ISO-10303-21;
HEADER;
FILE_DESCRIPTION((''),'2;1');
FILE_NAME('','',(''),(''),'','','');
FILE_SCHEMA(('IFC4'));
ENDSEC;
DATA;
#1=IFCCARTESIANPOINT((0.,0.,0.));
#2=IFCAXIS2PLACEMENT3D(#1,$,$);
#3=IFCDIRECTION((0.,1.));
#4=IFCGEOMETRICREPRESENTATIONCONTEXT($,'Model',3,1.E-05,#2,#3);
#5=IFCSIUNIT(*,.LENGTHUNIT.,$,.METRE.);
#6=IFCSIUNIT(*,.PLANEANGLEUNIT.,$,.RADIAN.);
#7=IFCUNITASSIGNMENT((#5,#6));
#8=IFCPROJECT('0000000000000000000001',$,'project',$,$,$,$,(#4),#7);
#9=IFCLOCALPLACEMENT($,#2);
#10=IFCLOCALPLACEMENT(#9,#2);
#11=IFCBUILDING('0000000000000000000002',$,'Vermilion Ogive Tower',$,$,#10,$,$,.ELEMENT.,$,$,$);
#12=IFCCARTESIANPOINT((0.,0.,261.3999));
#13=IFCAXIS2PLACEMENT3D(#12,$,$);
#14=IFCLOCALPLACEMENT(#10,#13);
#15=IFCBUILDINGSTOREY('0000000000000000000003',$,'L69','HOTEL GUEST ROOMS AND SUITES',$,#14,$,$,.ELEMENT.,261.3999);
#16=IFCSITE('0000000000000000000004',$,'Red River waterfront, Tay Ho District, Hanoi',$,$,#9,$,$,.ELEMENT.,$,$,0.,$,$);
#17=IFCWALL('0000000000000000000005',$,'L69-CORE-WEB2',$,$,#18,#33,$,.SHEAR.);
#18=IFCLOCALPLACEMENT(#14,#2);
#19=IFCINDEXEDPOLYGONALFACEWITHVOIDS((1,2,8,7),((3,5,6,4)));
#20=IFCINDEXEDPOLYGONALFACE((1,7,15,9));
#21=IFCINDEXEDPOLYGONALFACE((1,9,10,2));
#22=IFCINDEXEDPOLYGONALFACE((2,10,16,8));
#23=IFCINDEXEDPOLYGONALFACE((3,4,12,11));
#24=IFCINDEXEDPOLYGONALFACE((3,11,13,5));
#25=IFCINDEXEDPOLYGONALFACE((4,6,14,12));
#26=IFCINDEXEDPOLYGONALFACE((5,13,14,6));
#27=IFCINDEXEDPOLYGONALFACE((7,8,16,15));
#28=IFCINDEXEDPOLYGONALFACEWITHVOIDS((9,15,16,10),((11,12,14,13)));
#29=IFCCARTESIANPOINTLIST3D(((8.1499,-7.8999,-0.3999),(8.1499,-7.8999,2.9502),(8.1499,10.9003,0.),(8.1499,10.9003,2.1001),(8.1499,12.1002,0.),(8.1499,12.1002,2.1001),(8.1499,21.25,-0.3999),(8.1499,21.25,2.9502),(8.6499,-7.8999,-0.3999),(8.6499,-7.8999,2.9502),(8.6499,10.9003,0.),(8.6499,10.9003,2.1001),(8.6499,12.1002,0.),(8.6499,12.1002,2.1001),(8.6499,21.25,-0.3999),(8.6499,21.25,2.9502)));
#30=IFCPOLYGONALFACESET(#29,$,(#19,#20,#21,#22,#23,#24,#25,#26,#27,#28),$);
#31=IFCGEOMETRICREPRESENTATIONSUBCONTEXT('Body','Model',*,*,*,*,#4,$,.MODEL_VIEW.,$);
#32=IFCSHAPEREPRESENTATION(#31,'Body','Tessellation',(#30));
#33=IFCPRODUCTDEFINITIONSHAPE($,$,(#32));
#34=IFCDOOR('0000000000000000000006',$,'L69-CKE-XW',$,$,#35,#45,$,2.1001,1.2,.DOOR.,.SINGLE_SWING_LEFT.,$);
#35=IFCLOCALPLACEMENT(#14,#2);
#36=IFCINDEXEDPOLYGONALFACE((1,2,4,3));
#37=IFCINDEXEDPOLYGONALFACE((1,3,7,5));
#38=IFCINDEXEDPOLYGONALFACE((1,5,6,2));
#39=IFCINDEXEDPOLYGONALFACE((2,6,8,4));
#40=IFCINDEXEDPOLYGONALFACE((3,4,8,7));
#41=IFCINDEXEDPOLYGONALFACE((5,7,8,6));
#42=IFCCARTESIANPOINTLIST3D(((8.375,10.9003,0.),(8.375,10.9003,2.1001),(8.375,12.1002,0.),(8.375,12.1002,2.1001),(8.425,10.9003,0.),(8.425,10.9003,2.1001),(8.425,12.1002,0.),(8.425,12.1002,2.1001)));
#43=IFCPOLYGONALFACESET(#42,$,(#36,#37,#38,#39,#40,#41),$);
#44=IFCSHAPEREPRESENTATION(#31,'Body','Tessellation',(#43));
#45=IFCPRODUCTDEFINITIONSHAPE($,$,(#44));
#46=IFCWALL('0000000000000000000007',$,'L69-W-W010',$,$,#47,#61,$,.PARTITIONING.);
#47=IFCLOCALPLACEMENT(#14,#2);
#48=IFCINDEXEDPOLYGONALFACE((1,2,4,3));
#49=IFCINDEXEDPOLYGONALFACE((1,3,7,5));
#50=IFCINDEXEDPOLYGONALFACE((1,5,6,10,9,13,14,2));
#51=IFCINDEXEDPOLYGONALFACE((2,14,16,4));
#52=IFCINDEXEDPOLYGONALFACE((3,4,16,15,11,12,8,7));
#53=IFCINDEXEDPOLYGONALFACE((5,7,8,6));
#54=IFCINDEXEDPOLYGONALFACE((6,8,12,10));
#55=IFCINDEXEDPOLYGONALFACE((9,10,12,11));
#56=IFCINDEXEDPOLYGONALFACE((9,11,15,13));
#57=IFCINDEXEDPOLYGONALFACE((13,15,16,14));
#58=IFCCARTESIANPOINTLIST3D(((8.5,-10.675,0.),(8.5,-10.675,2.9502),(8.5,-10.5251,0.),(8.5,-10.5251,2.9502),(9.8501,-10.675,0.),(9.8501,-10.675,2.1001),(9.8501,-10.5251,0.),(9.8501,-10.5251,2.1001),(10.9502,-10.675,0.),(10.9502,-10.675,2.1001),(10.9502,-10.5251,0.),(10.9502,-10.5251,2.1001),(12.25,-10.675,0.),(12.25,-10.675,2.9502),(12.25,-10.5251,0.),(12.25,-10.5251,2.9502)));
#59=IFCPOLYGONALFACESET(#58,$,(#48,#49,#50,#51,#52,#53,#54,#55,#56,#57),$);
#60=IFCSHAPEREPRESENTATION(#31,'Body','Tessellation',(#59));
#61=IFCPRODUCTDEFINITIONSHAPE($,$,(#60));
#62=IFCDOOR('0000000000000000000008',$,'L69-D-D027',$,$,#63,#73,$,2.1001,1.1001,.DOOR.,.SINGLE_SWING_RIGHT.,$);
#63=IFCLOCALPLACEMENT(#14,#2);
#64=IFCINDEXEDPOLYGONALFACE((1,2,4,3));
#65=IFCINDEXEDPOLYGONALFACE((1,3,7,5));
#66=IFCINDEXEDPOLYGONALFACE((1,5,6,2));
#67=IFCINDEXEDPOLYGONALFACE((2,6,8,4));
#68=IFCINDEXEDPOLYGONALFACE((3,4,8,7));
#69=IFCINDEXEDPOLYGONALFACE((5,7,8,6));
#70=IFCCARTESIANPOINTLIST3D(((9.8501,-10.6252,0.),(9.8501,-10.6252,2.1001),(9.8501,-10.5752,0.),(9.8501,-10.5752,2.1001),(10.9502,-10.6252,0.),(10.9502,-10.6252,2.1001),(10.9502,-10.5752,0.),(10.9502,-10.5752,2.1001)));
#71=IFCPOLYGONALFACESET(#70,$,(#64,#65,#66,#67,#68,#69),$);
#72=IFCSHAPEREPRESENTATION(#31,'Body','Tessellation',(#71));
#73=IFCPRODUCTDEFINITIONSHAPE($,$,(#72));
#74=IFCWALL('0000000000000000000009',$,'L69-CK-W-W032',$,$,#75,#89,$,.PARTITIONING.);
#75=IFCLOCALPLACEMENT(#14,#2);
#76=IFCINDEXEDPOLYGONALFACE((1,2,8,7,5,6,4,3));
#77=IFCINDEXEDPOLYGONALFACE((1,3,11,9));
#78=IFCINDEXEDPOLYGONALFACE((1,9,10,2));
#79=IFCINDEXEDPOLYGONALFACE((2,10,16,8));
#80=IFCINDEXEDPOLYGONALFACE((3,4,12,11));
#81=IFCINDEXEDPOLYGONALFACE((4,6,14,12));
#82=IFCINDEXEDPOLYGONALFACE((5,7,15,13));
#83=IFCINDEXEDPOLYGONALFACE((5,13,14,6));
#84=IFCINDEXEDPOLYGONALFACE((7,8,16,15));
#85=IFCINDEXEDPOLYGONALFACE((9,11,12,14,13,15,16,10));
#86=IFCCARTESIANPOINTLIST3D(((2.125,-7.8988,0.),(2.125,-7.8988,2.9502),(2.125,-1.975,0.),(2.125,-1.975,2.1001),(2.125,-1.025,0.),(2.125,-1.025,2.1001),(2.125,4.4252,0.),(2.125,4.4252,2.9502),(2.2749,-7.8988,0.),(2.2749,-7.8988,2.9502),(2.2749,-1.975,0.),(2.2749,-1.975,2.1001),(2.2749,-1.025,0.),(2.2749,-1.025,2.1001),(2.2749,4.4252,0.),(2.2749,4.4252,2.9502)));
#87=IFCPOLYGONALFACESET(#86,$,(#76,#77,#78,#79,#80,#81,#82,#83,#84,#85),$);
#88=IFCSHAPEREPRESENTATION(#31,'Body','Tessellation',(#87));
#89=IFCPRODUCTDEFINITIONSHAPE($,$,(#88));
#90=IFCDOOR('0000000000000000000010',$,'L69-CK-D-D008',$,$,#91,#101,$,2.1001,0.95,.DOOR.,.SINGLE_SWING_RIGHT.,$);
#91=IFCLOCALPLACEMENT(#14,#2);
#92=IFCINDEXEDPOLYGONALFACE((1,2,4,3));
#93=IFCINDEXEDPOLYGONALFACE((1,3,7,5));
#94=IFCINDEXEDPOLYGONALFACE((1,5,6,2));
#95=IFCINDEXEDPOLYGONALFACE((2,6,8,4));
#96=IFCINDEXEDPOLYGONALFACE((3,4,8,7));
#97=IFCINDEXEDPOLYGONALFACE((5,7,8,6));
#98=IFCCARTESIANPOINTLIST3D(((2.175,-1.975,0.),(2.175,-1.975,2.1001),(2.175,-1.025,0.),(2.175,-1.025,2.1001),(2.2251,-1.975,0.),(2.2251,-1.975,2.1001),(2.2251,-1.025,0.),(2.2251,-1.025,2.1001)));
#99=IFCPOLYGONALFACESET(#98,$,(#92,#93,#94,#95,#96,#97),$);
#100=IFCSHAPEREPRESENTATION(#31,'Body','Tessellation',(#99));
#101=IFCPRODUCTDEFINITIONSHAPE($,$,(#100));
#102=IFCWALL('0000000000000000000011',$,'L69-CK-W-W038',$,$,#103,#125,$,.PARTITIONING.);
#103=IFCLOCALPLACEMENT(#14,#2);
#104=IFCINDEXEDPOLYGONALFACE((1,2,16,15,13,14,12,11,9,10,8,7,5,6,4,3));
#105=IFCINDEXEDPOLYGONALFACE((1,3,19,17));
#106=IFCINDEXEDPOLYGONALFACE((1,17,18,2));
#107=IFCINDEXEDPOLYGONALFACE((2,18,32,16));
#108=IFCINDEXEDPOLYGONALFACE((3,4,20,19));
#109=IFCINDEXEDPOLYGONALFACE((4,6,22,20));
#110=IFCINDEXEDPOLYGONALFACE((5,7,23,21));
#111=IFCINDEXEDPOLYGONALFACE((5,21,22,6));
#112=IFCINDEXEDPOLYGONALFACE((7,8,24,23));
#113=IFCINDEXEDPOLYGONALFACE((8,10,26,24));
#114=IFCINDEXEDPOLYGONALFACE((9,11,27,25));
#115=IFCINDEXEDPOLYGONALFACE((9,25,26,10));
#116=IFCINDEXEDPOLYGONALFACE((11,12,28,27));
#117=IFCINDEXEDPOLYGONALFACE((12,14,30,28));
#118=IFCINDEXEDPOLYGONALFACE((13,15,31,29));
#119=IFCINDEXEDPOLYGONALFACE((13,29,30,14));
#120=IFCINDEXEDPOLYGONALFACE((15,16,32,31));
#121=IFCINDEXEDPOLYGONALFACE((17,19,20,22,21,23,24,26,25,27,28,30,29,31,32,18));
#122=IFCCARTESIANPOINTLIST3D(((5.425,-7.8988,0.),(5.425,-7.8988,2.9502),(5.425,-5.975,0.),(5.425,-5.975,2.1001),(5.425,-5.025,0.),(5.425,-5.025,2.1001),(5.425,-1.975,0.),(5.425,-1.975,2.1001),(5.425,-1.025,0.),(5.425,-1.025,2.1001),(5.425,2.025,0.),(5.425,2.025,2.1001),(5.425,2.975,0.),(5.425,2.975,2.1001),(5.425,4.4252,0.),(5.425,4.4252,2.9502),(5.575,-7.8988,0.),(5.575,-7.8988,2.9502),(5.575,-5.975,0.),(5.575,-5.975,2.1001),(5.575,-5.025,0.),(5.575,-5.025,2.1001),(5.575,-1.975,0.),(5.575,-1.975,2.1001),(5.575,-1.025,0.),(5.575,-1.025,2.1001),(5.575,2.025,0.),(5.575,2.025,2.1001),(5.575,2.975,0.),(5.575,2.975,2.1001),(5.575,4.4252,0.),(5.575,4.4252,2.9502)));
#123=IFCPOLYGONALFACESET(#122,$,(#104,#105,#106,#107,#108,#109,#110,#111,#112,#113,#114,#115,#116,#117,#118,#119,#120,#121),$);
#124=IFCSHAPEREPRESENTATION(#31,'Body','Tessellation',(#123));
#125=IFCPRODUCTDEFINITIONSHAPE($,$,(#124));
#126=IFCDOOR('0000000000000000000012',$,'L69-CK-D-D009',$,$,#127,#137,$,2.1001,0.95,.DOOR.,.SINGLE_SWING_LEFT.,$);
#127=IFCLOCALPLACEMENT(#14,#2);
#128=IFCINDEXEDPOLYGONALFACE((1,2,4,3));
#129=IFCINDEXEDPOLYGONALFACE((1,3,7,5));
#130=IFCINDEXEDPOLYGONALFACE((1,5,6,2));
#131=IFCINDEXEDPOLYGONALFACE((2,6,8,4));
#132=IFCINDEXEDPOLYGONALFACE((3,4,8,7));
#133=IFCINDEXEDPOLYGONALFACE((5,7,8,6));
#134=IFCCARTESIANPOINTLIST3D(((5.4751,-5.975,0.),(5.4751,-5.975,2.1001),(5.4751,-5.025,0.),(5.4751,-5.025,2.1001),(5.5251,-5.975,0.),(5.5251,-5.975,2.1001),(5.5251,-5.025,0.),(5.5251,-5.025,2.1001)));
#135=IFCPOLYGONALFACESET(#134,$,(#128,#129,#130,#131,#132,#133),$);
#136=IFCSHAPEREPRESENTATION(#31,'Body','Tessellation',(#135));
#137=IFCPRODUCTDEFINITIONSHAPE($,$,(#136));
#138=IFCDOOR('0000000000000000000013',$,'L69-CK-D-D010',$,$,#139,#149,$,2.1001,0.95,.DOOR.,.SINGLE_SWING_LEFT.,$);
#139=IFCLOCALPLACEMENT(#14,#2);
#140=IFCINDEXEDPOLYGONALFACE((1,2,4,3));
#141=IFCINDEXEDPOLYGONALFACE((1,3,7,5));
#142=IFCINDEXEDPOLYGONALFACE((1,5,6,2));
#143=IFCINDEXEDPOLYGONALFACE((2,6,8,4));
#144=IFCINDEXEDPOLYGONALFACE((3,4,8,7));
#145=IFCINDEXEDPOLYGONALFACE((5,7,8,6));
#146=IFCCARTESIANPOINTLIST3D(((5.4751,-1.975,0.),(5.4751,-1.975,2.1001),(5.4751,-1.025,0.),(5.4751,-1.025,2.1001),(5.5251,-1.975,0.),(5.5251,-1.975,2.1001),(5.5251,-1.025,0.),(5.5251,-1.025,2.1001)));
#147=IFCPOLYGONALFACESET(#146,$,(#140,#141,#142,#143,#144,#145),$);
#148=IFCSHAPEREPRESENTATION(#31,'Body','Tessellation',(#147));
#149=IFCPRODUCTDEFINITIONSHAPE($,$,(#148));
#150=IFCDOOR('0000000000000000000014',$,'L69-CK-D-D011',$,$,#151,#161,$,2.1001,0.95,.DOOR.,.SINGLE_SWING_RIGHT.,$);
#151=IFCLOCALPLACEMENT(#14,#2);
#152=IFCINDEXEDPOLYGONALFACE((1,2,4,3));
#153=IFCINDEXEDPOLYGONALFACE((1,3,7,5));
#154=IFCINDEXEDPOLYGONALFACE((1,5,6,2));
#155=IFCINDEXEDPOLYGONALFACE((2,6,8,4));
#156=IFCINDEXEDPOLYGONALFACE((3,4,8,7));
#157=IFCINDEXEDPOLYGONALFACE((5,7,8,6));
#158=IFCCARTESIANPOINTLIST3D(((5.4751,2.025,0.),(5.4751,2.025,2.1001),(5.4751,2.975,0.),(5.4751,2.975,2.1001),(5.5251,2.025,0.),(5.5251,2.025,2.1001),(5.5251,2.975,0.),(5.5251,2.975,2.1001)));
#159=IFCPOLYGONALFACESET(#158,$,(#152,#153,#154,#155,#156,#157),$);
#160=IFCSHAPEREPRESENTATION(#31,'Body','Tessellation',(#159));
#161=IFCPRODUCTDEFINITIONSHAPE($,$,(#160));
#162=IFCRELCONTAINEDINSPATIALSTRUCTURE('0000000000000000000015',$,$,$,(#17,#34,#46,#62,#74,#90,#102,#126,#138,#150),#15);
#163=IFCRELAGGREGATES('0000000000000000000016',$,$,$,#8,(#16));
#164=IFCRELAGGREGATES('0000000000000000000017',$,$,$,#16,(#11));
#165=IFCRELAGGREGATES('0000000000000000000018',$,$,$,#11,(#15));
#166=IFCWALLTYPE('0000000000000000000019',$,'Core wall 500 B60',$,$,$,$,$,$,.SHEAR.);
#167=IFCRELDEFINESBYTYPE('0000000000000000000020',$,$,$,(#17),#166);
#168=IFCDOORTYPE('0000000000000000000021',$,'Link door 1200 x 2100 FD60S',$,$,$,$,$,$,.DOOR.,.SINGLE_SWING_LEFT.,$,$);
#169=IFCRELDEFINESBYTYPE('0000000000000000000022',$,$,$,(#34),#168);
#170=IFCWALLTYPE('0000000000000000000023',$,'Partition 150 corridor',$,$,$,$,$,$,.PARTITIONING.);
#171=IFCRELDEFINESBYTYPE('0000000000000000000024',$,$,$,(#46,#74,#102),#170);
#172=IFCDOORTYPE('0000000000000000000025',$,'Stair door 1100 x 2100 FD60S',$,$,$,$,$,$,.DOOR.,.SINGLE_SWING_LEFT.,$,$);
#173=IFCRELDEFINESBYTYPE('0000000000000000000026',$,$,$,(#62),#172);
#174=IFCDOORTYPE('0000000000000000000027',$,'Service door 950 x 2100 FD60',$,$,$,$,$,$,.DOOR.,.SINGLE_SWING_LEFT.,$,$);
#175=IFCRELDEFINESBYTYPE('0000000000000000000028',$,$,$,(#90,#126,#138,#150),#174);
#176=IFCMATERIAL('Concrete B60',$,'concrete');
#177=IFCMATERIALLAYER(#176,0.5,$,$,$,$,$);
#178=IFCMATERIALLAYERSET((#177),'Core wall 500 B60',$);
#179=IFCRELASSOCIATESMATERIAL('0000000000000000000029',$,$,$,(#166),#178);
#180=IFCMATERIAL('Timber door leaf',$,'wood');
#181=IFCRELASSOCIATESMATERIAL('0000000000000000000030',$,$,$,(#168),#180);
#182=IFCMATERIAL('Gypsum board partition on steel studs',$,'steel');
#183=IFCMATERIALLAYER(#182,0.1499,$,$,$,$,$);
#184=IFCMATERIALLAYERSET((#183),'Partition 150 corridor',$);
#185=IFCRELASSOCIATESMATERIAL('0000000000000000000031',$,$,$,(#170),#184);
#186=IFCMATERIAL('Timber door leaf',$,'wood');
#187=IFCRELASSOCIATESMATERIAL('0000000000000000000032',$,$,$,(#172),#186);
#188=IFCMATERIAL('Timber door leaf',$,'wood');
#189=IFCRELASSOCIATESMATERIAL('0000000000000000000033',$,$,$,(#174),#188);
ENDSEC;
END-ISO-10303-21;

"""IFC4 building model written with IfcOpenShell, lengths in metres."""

from ifc_helpers import new_model, si_unit, direction, frame, frame_2d, origin, place, context, subcontext, project, spatial, rectangle, extrude, material, layer, layer_set, type_object, element, fill, save


model = new_model("IFC4")

# Units and contexts
model_context = context("Model", 3, precision=1e-05, world=origin(), true_north=direction((0.0, 1.0)))
body_context = subcontext(model_context, "Body", "Model", "MODEL_VIEW")
ifc_project = project(units=[si_unit("LENGTHUNIT", "METRE"), si_unit("PLANEANGLEUNIT", "RADIAN")], contexts=[model_context])

# Site, building, storey
site_placement = place(None, origin())
site = spatial("IfcSite", under=ifc_project, at=site_placement, Name="Red River waterfront, Tay Ho District, Hanoi", CompositionType="ELEMENT", RefElevation=0.0)
building_placement = place(site_placement, origin())
building = spatial("IfcBuilding", under=site, at=building_placement, Name="Vermilion Ogive Tower", CompositionType="ELEMENT")
storey_placement = place(building_placement, frame((0.0, 0.0, 261.3999)))
storey = spatial("IfcBuildingStorey", under=building, at=storey_placement, Name="L69", Description="HOTEL GUEST ROOMS AND SUITES", CompositionType="ELEMENT", Elevation=261.3999)

# Walls, openings, doors
ifc_material_1 = material(Name="Concrete B60", Category="concrete")
ifc_layer_1 = layer(ifc_material_1, 0.5)
ifc_layer_set_1 = layer_set([ifc_layer_1], Name="Core wall 500 B60")
wall_type_1 = type_object("IfcWallType", Name="Core wall 500 B60", PredefinedType="SHEAR", material=ifc_layer_set_1)
wall_1_placement = place(storey_placement, frame((8.3999, -7.8999, -0.3999), z_axis=(0.0, 0.0, 1.0), x_axis=(0.0, 1.0, 0.0)))
wall_1 = element("IfcWall", 1, at=wall_1_placement, inside=storey, type_object=wall_type_1, Name="L69-CORE-WEB2", PredefinedType="SHEAR", context=body_context, shape_type="SweptSolid", body=[
    extrude(rectangle(XDim=29.1499, YDim=0.5, at=frame_2d((14.575, 0.0))), origin(), (0.0, 0.0, 1.0), 3.3501),
])
opening_1_placement = place(wall_1_placement, frame((18.8, 0.0, 0.3999)))
opening_1 = element("IfcOpeningElement", 2, at=opening_1_placement, cuts=wall_1, PredefinedType="OPENING", context=body_context, shape_type="SweptSolid", body=[
    extrude(rectangle(XDim=1.2, YDim=2.1001, at=frame_2d((0.6001, 1.05))), frame((0.0, 0.26, 0.0), z_axis=(0.0, -1.0, 0.0), x_axis=(1.0, 0.0, 0.0)), (0.0, 0.0, 1.0), 0.52),
])
ifc_material_2 = material(Name="Timber door leaf", Category="wood")
door_type_1 = type_object("IfcDoorType", Name="Link door 1200 x 2100 FD60S", OperationType="SINGLE_SWING_LEFT", PredefinedType="DOOR", material=ifc_material_2)
door_1_placement = place(opening_1_placement, origin())
door_1 = element("IfcDoor", 3, at=door_1_placement, inside=storey, type_object=door_type_1, Name="L69-CKE-XW", OperationType="SINGLE_SWING_LEFT", OverallHeight=2.1001, OverallWidth=1.2, PredefinedType="DOOR", context=body_context, shape_type="SweptSolid", body=[
    extrude(rectangle(XDim=1.2, YDim=2.1001, at=frame_2d((0.6001, 1.05))), frame((0.0, 0.0249, 0.0), z_axis=(0.0, -1.0, 0.0), x_axis=(1.0, 0.0, 0.0)), (0.0, 0.0, 1.0), 0.05),
])
fill(opening_1, door_1)
ifc_material_3 = material(Name="Gypsum board partition on steel studs", Category="steel")
ifc_layer_2 = layer(ifc_material_3, 0.1499)
ifc_layer_set_2 = layer_set([ifc_layer_2], Name="Partition 150 corridor")
wall_type_2 = type_object("IfcWallType", Name="Partition 150 corridor", PredefinedType="PARTITIONING", material=ifc_layer_set_2)
wall_2_placement = place(storey_placement, frame((8.5, -10.6001, 0.0), z_axis=(0.0, 0.0, 1.0), x_axis=(1.0, 0.0, 0.0)))
wall_2 = element("IfcWall", 4, at=wall_2_placement, inside=storey, type_object=wall_type_2, Name="L69-W-W010", PredefinedType="PARTITIONING", context=body_context, shape_type="SweptSolid", body=[
    extrude(rectangle(XDim=3.75, YDim=0.1499, at=frame_2d((1.875, 0.0))), origin(), (0.0, 0.0, 1.0), 2.9502),
])
opening_2_placement = place(wall_2_placement, frame((1.3501, 0.0, 0.0)))
opening_2 = element("IfcOpeningElement", 5, at=opening_2_placement, cuts=wall_2, PredefinedType="OPENING", context=body_context, shape_type="SweptSolid", body=[
    extrude(rectangle(XDim=1.1001, YDim=2.1001, at=frame_2d((0.55, 1.05))), frame((0.0, 0.085, 0.0), z_axis=(0.0, -1.0, 0.0), x_axis=(1.0, 0.0, 0.0)), (0.0, 0.0, 1.0), 0.1699),
])
ifc_material_4 = material(Name="Timber door leaf", Category="wood")
door_type_2 = type_object("IfcDoorType", Name="Stair door 1100 x 2100 FD60S", OperationType="SINGLE_SWING_LEFT", PredefinedType="DOOR", material=ifc_material_4)
door_2_placement = place(opening_2_placement, origin())
door_2 = element("IfcDoor", 6, at=door_2_placement, inside=storey, type_object=door_type_2, Name="L69-D-D027", OperationType="SINGLE_SWING_RIGHT", OverallHeight=2.1001, OverallWidth=1.1001, PredefinedType="DOOR", context=body_context, shape_type="SweptSolid", body=[
    extrude(rectangle(XDim=1.1001, YDim=2.1001, at=frame_2d((0.55, 1.05))), frame((0.0, 0.0249, 0.0), z_axis=(0.0, -1.0, 0.0), x_axis=(1.0, 0.0, 0.0)), (0.0, 0.0, 1.0), 0.05),
])
fill(opening_2, door_2)
wall_3_placement = place(storey_placement, frame((2.2, -7.8989, 0.0), z_axis=(0.0, 0.0, 1.0), x_axis=(0.0, 1.0, 0.0)))
wall_3 = element("IfcWall", 7, at=wall_3_placement, inside=storey, type_object=wall_type_2, Name="L69-CK-W-W032", PredefinedType="PARTITIONING", context=body_context, shape_type="SweptSolid", body=[
    extrude(rectangle(XDim=12.324, YDim=0.1499, at=frame_2d((6.1621, 0.0))), origin(), (0.0, 0.0, 1.0), 2.9502),
])
opening_3_placement = place(wall_3_placement, frame((5.9238, 0.0, 0.0)))
opening_3 = element("IfcOpeningElement", 8, at=opening_3_placement, cuts=wall_3, PredefinedType="OPENING", context=body_context, shape_type="SweptSolid", body=[
    extrude(rectangle(XDim=0.95, YDim=2.1001, at=frame_2d((0.4751, 1.05))), frame((0.0, 0.085, 0.0), z_axis=(0.0, -1.0, 0.0), x_axis=(1.0, 0.0, 0.0)), (0.0, 0.0, 1.0), 0.1699),
])
ifc_material_5 = material(Name="Timber door leaf", Category="wood")
door_type_3 = type_object("IfcDoorType", Name="Service door 950 x 2100 FD60", OperationType="SINGLE_SWING_LEFT", PredefinedType="DOOR", material=ifc_material_5)
door_3_placement = place(opening_3_placement, origin())
door_3 = element("IfcDoor", 9, at=door_3_placement, inside=storey, type_object=door_type_3, Name="L69-CK-D-D008", OperationType="SINGLE_SWING_RIGHT", OverallHeight=2.1001, OverallWidth=0.95, PredefinedType="DOOR", context=body_context, shape_type="SweptSolid", body=[
    extrude(rectangle(XDim=0.95, YDim=2.1001, at=frame_2d((0.4751, 1.05))), frame((0.0, 0.0249, 0.0), z_axis=(0.0, -1.0, 0.0), x_axis=(1.0, 0.0, 0.0)), (0.0, 0.0, 1.0), 0.05),
])
fill(opening_3, door_3)

# Wall, openings, doors
wall_4_placement = place(storey_placement, frame((5.5, -7.8989, 0.0), z_axis=(0.0, 0.0, 1.0), x_axis=(0.0, 1.0, 0.0)))
wall_4 = element("IfcWall", 10, at=wall_4_placement, inside=storey, type_object=wall_type_2, Name="L69-CK-W-W038", PredefinedType="PARTITIONING", context=body_context, shape_type="SweptSolid", body=[
    extrude(rectangle(XDim=12.324, YDim=0.1499, at=frame_2d((6.1621, 0.0))), origin(), (0.0, 0.0, 1.0), 2.9502),
])
opening_4_placement = place(wall_4_placement, frame((1.9238, 0.0, 0.0)))
opening_4 = element("IfcOpeningElement", 11, at=opening_4_placement, cuts=wall_4, PredefinedType="OPENING", context=body_context, shape_type="SweptSolid", body=[
    extrude(rectangle(XDim=0.95, YDim=2.1001, at=frame_2d((0.4751, 1.05))), frame((0.0, 0.085, 0.0), z_axis=(0.0, -1.0, 0.0), x_axis=(1.0, 0.0, 0.0)), (0.0, 0.0, 1.0), 0.1699),
])
opening_5_placement = place(wall_4_placement, frame((5.9238, 0.0, 0.0)))
opening_5 = element("IfcOpeningElement", 12, at=opening_5_placement, cuts=wall_4, PredefinedType="OPENING", context=body_context, shape_type="SweptSolid", body=[
    extrude(rectangle(XDim=0.95, YDim=2.1001, at=frame_2d((0.4751, 1.05))), frame((0.0, 0.085, 0.0), z_axis=(0.0, -1.0, 0.0), x_axis=(1.0, 0.0, 0.0)), (0.0, 0.0, 1.0), 0.1699),
])
opening_6_placement = place(wall_4_placement, frame((9.9238, 0.0, 0.0)))
opening_6 = element("IfcOpeningElement", 13, at=opening_6_placement, cuts=wall_4, PredefinedType="OPENING", context=body_context, shape_type="SweptSolid", body=[
    extrude(rectangle(XDim=0.95, YDim=2.1001, at=frame_2d((0.4751, 1.05))), frame((0.0, 0.085, 0.0), z_axis=(0.0, -1.0, 0.0), x_axis=(1.0, 0.0, 0.0)), (0.0, 0.0, 1.0), 0.1699),
])
door_4_placement = place(opening_4_placement, origin())
door_4 = element("IfcDoor", 14, at=door_4_placement, inside=storey, type_object=door_type_3, Name="L69-CK-D-D009", OperationType="SINGLE_SWING_LEFT", OverallHeight=2.1001, OverallWidth=0.95, PredefinedType="DOOR", context=body_context, shape_type="SweptSolid", body=[
    extrude(rectangle(XDim=0.95, YDim=2.1001, at=frame_2d((0.4751, 1.05))), frame((0.0, 0.0249, 0.0), z_axis=(0.0, -1.0, 0.0), x_axis=(1.0, 0.0, 0.0)), (0.0, 0.0, 1.0), 0.05),
])
fill(opening_4, door_4)
door_5_placement = place(opening_5_placement, origin())
door_5 = element("IfcDoor", 15, at=door_5_placement, inside=storey, type_object=door_type_3, Name="L69-CK-D-D010", OperationType="SINGLE_SWING_LEFT", OverallHeight=2.1001, OverallWidth=0.95, PredefinedType="DOOR", context=body_context, shape_type="SweptSolid", body=[
    extrude(rectangle(XDim=0.95, YDim=2.1001, at=frame_2d((0.4751, 1.05))), frame((0.0, 0.0249, 0.0), z_axis=(0.0, -1.0, 0.0), x_axis=(1.0, 0.0, 0.0)), (0.0, 0.0, 1.0), 0.05),
])
fill(opening_5, door_5)
door_6_placement = place(opening_6_placement, origin())
door_6 = element("IfcDoor", 16, at=door_6_placement, inside=storey, type_object=door_type_3, Name="L69-CK-D-D011", OperationType="SINGLE_SWING_RIGHT", OverallHeight=2.1001, OverallWidth=0.95, PredefinedType="DOOR", context=body_context, shape_type="SweptSolid", body=[
    extrude(rectangle(XDim=0.95, YDim=2.1001, at=frame_2d((0.4751, 1.05))), frame((0.0, 0.0249, 0.0), z_axis=(0.0, -1.0, 0.0), x_axis=(1.0, 0.0, 0.0)), (0.0, 0.0, 1.0), 0.05),
])
fill(opening_6, door_6)

save(model, "model.ifc")
